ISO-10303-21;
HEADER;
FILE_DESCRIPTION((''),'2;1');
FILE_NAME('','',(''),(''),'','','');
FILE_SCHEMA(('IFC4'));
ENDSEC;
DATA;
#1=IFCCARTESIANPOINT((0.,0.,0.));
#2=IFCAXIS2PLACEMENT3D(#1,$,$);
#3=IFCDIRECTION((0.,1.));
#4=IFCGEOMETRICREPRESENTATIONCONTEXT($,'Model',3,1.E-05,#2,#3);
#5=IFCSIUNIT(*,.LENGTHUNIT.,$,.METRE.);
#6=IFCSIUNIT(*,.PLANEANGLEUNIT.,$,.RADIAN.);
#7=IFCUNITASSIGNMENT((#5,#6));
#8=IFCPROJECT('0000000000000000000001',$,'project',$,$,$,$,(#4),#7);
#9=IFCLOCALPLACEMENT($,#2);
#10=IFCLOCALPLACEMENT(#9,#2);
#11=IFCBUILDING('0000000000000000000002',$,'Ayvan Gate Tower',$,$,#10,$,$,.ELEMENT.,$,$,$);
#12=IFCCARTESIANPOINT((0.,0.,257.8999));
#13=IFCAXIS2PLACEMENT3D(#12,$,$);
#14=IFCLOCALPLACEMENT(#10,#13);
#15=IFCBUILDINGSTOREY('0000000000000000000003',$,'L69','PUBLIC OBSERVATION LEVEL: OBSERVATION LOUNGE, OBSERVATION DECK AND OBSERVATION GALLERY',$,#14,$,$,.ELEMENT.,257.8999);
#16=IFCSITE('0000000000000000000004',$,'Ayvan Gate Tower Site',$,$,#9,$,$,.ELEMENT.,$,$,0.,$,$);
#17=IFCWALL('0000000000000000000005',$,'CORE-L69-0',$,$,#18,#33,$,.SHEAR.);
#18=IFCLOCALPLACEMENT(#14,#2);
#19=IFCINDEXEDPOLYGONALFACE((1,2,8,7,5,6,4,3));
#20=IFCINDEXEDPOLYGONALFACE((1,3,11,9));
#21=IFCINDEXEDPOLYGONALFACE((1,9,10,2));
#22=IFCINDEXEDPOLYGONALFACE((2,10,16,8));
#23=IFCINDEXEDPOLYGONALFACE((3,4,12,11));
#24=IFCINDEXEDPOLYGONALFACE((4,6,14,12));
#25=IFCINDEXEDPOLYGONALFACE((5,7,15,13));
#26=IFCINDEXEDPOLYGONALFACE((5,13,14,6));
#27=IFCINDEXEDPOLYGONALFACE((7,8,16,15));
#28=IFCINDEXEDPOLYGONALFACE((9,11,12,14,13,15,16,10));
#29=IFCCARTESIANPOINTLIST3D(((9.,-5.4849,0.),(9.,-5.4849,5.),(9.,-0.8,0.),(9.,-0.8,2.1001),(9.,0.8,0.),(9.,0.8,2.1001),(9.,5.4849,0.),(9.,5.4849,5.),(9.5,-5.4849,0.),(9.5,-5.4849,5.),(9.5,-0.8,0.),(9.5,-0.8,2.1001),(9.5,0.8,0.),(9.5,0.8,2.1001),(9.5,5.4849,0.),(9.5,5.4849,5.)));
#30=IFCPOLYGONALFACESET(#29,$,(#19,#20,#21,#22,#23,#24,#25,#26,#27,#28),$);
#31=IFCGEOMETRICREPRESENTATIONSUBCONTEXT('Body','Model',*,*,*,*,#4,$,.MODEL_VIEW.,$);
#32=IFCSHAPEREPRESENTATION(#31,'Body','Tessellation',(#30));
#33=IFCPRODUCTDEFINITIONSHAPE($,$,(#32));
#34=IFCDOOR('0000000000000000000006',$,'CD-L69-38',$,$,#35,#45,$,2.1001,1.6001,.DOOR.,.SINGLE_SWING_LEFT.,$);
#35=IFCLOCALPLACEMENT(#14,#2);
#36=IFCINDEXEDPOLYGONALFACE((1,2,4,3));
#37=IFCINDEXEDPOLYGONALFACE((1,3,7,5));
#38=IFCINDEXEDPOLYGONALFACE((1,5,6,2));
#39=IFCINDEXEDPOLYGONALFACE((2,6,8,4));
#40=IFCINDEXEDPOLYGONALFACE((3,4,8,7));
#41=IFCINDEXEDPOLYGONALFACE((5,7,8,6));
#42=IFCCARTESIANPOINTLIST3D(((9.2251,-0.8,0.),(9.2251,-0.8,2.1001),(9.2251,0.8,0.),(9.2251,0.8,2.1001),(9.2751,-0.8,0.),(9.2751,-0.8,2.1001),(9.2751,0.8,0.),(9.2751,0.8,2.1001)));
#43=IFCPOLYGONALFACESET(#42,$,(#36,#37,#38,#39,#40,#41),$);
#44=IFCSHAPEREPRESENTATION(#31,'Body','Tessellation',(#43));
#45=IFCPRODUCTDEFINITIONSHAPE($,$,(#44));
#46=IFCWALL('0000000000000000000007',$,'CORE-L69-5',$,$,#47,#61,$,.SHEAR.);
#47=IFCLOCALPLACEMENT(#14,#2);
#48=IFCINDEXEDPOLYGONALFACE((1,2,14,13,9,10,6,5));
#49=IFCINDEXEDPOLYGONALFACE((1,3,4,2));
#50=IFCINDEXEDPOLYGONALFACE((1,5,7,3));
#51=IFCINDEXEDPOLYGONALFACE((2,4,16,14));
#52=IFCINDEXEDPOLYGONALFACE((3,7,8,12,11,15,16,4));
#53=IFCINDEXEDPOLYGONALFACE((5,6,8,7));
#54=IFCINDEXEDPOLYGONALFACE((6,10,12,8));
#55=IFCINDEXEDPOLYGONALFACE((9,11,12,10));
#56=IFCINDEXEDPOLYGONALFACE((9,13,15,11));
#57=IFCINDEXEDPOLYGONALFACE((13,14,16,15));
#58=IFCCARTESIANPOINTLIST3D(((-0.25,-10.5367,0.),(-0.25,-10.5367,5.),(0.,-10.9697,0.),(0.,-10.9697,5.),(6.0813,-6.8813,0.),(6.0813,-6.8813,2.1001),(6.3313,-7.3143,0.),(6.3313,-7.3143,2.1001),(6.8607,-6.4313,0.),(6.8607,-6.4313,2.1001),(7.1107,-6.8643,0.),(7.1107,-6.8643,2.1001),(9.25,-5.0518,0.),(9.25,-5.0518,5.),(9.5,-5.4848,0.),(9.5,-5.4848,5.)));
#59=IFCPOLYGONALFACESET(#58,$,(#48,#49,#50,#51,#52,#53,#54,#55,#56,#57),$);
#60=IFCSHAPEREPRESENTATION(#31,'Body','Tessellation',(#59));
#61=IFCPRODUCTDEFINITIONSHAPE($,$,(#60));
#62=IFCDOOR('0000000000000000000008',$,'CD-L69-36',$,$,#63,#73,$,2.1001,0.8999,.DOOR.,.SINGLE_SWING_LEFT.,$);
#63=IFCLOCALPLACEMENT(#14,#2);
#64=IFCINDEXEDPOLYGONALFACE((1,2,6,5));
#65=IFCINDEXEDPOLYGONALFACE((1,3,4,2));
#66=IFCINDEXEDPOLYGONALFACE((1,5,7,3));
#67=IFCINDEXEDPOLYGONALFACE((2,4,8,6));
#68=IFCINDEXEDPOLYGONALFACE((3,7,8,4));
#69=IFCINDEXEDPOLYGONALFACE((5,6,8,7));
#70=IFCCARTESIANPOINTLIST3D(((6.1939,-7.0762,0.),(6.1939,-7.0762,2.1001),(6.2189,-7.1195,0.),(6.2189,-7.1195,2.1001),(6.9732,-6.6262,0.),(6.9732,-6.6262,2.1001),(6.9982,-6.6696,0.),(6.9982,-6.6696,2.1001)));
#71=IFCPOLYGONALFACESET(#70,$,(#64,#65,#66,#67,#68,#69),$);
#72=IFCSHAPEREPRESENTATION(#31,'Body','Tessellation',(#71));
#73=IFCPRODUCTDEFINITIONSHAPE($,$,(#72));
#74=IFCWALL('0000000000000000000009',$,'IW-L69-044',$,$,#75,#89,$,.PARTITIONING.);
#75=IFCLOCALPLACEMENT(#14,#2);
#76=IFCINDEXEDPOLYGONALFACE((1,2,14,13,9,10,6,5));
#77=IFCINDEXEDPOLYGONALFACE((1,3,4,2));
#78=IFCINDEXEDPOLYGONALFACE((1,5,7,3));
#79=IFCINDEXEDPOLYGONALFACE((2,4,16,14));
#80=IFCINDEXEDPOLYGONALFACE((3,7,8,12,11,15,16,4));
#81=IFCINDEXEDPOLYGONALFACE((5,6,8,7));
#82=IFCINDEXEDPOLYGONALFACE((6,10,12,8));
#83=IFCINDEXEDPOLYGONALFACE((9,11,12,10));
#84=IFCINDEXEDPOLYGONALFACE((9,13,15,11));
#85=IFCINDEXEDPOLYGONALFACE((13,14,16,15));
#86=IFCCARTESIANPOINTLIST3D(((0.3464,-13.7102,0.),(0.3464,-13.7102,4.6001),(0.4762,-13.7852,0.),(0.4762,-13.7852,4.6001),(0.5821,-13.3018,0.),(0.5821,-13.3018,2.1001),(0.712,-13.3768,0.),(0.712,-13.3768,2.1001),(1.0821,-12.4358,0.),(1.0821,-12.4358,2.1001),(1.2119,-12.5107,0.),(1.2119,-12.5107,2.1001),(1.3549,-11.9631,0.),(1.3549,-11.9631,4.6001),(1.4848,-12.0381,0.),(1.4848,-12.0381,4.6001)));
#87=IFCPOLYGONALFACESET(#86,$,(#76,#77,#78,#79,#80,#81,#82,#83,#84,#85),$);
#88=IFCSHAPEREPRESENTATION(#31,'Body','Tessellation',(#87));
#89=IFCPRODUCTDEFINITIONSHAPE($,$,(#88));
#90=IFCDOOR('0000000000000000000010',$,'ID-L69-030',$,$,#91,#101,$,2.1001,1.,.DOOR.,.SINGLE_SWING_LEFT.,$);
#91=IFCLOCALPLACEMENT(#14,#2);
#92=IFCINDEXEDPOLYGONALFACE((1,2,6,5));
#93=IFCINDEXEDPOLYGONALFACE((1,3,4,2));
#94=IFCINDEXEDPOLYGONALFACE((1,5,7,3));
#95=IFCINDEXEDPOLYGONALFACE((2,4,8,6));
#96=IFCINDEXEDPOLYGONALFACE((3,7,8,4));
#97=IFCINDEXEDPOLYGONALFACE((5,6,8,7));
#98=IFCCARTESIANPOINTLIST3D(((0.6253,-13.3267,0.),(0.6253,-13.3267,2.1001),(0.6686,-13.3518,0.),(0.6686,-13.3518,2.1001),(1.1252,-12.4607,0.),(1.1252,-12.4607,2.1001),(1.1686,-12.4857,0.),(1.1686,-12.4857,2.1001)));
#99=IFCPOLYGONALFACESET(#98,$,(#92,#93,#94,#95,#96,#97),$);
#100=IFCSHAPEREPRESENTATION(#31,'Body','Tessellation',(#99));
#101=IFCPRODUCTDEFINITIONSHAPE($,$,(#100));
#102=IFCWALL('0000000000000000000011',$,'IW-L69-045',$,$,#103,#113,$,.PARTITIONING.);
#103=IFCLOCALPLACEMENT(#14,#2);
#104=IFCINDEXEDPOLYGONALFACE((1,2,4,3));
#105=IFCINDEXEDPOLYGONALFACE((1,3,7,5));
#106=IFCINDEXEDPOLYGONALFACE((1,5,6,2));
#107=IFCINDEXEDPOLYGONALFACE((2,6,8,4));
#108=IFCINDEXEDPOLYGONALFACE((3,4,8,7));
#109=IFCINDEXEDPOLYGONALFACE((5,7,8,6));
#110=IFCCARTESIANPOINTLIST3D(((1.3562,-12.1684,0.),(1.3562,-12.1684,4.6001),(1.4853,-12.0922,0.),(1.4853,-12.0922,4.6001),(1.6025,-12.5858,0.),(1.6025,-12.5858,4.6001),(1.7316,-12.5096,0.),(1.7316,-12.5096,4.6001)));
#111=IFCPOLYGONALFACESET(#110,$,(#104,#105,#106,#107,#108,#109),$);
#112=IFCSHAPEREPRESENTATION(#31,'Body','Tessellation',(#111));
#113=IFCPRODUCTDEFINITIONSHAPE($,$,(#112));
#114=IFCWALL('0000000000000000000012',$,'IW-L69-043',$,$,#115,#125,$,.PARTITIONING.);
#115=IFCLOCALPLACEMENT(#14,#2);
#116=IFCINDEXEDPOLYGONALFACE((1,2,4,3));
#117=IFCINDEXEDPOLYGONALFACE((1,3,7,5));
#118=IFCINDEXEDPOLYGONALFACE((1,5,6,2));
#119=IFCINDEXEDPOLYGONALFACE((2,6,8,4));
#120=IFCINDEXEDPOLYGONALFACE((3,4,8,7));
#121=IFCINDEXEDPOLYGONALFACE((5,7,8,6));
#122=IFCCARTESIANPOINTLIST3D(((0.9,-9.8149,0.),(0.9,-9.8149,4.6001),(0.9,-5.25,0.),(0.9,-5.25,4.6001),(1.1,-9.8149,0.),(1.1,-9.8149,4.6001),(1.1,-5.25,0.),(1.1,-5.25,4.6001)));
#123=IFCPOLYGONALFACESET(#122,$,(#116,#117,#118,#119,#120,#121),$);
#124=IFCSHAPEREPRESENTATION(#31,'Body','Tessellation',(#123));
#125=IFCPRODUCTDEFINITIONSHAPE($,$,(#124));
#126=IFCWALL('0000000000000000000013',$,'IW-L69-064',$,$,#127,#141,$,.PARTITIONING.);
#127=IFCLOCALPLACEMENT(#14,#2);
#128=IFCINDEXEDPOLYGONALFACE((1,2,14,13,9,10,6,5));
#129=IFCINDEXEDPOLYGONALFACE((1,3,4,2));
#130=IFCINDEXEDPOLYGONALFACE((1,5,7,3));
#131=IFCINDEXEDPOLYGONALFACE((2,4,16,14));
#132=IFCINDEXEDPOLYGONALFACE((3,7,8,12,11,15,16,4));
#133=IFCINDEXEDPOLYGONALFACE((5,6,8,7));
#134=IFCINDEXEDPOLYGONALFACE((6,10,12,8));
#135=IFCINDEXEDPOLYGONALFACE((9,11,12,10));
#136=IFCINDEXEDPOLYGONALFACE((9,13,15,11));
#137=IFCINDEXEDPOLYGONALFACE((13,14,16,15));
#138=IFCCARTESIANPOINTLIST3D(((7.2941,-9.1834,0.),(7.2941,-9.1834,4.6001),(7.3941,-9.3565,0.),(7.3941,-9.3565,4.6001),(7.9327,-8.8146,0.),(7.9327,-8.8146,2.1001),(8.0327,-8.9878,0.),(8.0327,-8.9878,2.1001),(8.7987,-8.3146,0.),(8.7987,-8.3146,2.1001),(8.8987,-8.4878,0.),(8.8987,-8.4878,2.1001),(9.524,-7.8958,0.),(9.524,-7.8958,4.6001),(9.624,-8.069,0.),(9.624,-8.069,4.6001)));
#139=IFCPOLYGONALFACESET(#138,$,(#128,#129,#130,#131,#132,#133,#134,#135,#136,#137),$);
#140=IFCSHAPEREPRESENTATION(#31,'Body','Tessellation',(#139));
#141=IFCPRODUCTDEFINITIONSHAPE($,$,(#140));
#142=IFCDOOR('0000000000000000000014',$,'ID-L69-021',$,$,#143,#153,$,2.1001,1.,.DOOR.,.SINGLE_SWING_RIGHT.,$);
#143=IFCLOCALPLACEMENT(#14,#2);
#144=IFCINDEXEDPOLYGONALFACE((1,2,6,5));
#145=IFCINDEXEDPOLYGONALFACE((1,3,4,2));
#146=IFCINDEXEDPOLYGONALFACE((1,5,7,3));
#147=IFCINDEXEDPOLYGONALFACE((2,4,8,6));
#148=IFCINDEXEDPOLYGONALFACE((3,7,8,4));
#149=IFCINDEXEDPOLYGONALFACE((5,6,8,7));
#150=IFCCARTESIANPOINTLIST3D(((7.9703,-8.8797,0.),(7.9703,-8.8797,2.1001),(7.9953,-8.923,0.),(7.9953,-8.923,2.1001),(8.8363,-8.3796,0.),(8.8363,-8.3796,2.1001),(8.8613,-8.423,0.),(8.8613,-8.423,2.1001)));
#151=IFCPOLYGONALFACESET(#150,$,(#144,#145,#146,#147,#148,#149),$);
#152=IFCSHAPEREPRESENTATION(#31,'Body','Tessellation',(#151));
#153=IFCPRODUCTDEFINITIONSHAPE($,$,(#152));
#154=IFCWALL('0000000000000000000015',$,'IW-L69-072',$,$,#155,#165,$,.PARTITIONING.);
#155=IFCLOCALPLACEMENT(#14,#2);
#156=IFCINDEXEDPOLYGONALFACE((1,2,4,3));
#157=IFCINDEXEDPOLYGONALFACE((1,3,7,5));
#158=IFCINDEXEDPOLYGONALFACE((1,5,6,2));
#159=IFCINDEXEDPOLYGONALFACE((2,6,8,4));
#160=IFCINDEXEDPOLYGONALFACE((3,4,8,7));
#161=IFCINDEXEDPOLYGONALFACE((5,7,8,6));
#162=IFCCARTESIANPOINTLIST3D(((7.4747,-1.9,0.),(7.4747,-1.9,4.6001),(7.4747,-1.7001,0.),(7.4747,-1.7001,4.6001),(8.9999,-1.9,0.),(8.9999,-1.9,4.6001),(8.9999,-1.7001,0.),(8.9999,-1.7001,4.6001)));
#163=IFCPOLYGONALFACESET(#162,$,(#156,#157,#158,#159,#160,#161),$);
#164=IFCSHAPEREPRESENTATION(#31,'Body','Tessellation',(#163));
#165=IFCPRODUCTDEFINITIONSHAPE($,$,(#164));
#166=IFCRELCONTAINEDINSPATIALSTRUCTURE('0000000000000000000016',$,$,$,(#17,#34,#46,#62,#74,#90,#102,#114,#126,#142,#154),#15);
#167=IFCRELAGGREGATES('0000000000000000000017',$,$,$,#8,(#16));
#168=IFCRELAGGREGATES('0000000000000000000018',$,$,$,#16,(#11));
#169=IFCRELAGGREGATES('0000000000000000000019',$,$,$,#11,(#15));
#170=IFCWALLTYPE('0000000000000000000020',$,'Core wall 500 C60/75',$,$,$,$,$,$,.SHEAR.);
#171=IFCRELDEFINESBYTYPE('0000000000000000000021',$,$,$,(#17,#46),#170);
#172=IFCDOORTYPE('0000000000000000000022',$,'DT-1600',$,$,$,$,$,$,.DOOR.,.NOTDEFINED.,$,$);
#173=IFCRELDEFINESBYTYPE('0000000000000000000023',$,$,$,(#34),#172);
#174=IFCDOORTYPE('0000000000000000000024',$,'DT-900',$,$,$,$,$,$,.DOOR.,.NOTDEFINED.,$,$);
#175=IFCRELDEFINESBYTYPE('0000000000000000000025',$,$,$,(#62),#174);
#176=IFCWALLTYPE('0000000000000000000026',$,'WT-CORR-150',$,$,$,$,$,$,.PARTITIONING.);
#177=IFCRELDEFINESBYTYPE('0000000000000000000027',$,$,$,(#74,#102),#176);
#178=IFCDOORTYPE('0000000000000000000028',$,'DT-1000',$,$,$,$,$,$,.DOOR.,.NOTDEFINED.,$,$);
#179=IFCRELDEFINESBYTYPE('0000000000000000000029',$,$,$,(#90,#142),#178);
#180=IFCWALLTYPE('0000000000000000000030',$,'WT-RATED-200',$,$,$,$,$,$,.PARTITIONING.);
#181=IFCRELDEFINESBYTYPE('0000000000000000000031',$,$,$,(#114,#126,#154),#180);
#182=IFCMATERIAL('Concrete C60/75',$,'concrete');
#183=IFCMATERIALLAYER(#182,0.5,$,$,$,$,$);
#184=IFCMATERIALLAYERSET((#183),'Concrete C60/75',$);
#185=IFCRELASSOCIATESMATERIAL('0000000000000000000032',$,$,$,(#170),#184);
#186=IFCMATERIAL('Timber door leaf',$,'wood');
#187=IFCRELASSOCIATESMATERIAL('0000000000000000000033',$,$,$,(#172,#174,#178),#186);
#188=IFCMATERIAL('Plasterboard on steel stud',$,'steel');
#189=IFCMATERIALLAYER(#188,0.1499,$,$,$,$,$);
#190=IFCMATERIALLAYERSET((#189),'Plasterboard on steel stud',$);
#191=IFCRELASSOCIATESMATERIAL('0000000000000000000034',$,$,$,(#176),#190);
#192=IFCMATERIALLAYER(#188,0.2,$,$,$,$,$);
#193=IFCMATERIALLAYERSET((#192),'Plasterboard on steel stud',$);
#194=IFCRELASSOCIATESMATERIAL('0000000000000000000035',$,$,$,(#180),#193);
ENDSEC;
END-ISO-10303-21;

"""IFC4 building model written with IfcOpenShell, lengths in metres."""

from ifc_helpers import new_model, si_unit, direction, frame, frame_2d, origin, place, context, subcontext, project, spatial, rectangle, extrude, material, layer, layer_set, type_object, element, fill, save


model = new_model("IFC4")

# Units and contexts
model_context = context("Model", 3, precision=1e-05, world=origin(), true_north=direction((0.0, 1.0)))
body_context = subcontext(model_context, "Body", "Model", "MODEL_VIEW")
ifc_project = project(units=[si_unit("LENGTHUNIT", "METRE"), si_unit("PLANEANGLEUNIT", "RADIAN")], contexts=[model_context])

# Site, building, storey
site_placement = place(None, origin())
site = spatial("IfcSite", under=ifc_project, at=site_placement, Name="Ayvan Gate Tower Site", CompositionType="ELEMENT", RefElevation=0.0)
building_placement = place(site_placement, origin())
building = spatial("IfcBuilding", under=site, at=building_placement, Name="Ayvan Gate Tower", CompositionType="ELEMENT")
storey_placement = place(building_placement, frame((0.0, 0.0, 257.8999)))
storey = spatial("IfcBuildingStorey", under=building, at=storey_placement, Name="L69", Description="PUBLIC OBSERVATION LEVEL: OBSERVATION LOUNGE, OBSERVATION DECK AND OBSERVATION GALLERY", CompositionType="ELEMENT", Elevation=257.8999)

# Walls, openings, doors
ifc_material_1 = material(Name="Concrete C60/75", Category="concrete")
ifc_layer_1 = layer(ifc_material_1, 0.5)
ifc_layer_set_1 = layer_set([ifc_layer_1], Name="Concrete C60/75")
wall_type_1 = type_object("IfcWallType", Name="Core wall 500 C60/75", PredefinedType="SHEAR", material=ifc_layer_set_1)
wall_1_placement = place(storey_placement, frame((9.25, -5.4849, 0.0), z_axis=(0.0, 0.0, 1.0), x_axis=(0.0, 1.0, 0.0)))
wall_1 = element("IfcWall", 1, at=wall_1_placement, inside=storey, type_object=wall_type_1, Name="CORE-L69-0", PredefinedType="SHEAR", context=body_context, shape_type="SweptSolid", body=[
    extrude(rectangle(XDim=10.9697, YDim=0.5, at=frame_2d((5.4849, 0.0))), origin(), (0.0, 0.0, 1.0), 5.0),
])
opening_1_placement = place(wall_1_placement, frame((4.6848, 0.0, 0.0)))
opening_1 = element("IfcOpeningElement", 2, at=opening_1_placement, cuts=wall_1, PredefinedType="OPENING", context=body_context, shape_type="SweptSolid", body=[
    extrude(rectangle(XDim=1.6001, YDim=2.1001, at=frame_2d((0.8, 1.05))), frame((0.0, 0.26, 0.0), z_axis=(0.0, -1.0, 0.0), x_axis=(1.0, 0.0, 0.0)), (0.0, 0.0, 1.0), 0.52),
])
ifc_material_2 = material(Name="Timber door leaf", Category="wood")
door_type_1 = type_object("IfcDoorType", Name="DT-1600", OperationType="NOTDEFINED", PredefinedType="DOOR", material=ifc_material_2)
door_1_placement = place(opening_1_placement, origin())
door_1 = element("IfcDoor", 3, at=door_1_placement, inside=storey, type_object=door_type_1, Name="CD-L69-38", OperationType="SINGLE_SWING_LEFT", OverallHeight=2.1001, OverallWidth=1.6001, PredefinedType="DOOR", context=body_context, shape_type="SweptSolid", body=[
    extrude(rectangle(XDim=1.6001, YDim=2.1001, at=frame_2d((0.8, 1.05))), frame((0.0, 0.0249, 0.0), z_axis=(0.0, -1.0, 0.0), x_axis=(1.0, 0.0, 0.0)), (0.0, 0.0, 1.0), 0.05),
])
fill(opening_1, door_1)
wall_2_placement = place(storey_placement, frame((-0.125, -10.7532, 0.0), z_axis=(0.0, 0.0, 1.0), x_axis=(0.866024, 0.500002, 0.0)))
wall_2 = element("IfcWall", 4, at=wall_2_placement, inside=storey, type_object=wall_type_1, Name="CORE-L69-5", PredefinedType="SHEAR", context=body_context, shape_type="SweptSolid", body=[
    extrude(rectangle(XDim=10.9697, YDim=0.5, at=frame_2d((5.4849, 0.0))), origin(), (0.0, 0.0, 1.0), 5.0),
])
opening_2_placement = place(wall_2_placement, frame((7.3108, 0.0, 0.0)))
opening_2 = element("IfcOpeningElement", 5, at=opening_2_placement, cuts=wall_2, PredefinedType="OPENING", context=body_context, shape_type="SweptSolid", body=[
    extrude(rectangle(XDim=0.8999, YDim=2.1001, at=frame_2d((0.45, 1.05))), frame((0.0, 0.26, 0.0), z_axis=(0.0, -1.0, 0.0), x_axis=(1.0, 0.0, 0.0)), (0.0, 0.0, 1.0), 0.52),
])
door_type_2 = type_object("IfcDoorType", Name="DT-900", OperationType="NOTDEFINED", PredefinedType="DOOR", material=ifc_material_2)
door_2_placement = place(opening_2_placement, origin())
door_2 = element("IfcDoor", 6, at=door_2_placement, inside=storey, type_object=door_type_2, Name="CD-L69-36", OperationType="SINGLE_SWING_LEFT", OverallHeight=2.1001, OverallWidth=0.8999, PredefinedType="DOOR", context=body_context, shape_type="SweptSolid", body=[
    extrude(rectangle(XDim=0.8999, YDim=2.1001, at=frame_2d((0.45, 1.05))), frame((0.0, 0.0249, 0.0), z_axis=(0.0, -1.0, 0.0), x_axis=(1.0, 0.0, 0.0)), (0.0, 0.0, 1.0), 0.05),
])
fill(opening_2, door_2)
ifc_material_3 = material(Name="Plasterboard on steel stud", Category="steel")
ifc_layer_2 = layer(ifc_material_3, 0.1499)
ifc_layer_set_2 = layer_set([ifc_layer_2], Name="Plasterboard on steel stud")
wall_type_2 = type_object("IfcWallType", Name="WT-CORR-150", PredefinedType="PARTITIONING", material=ifc_layer_set_2)
wall_3_placement = place(storey_placement, frame((1.4199, -12.0005, 0.0), z_axis=(0.0, 0.0, 1.0), x_axis=(-0.499953, -0.866053, 0.0)))
wall_3 = element("IfcWall", 7, at=wall_3_placement, inside=storey, type_object=wall_type_2, Name="IW-L69-044", PredefinedType="PARTITIONING", context=body_context, shape_type="SweptSolid", body=[
    extrude(rectangle(XDim=2.0173, YDim=0.1499, at=frame_2d((1.0088, 0.0))), origin(), (0.0, 0.0, 1.0), 4.6001),
])
opening_3_placement = place(wall_3_placement, frame((0.5459, 0.0, 0.0)))
opening_3 = element("IfcOpeningElement", 8, at=opening_3_placement, cuts=wall_3, PredefinedType="OPENING", context=body_context, shape_type="SweptSolid", body=[
    extrude(rectangle(XDim=1.0, YDim=2.1001, at=frame_2d((0.5, 1.05))), frame((0.0, 0.085, 0.0), z_axis=(0.0, -1.0, 0.0), x_axis=(1.0, 0.0, 0.0)), (0.0, 0.0, 1.0), 0.1699),
])
door_type_3 = type_object("IfcDoorType", Name="DT-1000", OperationType="NOTDEFINED", PredefinedType="DOOR", material=ifc_material_2)
door_3_placement = place(opening_3_placement, origin())
door_3 = element("IfcDoor", 9, at=door_3_placement, inside=storey, type_object=door_type_3, Name="ID-L69-030", OperationType="SINGLE_SWING_LEFT", OverallHeight=2.1001, OverallWidth=1.0, PredefinedType="DOOR", context=body_context, shape_type="SweptSolid", body=[
    extrude(rectangle(XDim=1.0, YDim=2.1001, at=frame_2d((0.5, 1.05))), frame((0.0, 0.0249, 0.0), z_axis=(0.0, -1.0, 0.0), x_axis=(1.0, 0.0, 0.0)), (0.0, 0.0, 1.0), 0.05),
])
fill(opening_3, door_3)

# Walls
wall_4_placement = place(storey_placement, frame((1.667, -12.5476, 0.0), z_axis=(0.0, 0.0, 1.0), x_axis=(-0.508186, 0.861247, 0.0)))
element("IfcWall", 10, at=wall_4_placement, inside=storey, type_object=wall_type_2, Name="IW-L69-045", PredefinedType="PARTITIONING", context=body_context, shape_type="SweptSolid", body=[
    extrude(rectangle(XDim=0.4846, YDim=0.1499, at=frame_2d((0.2422, 0.0))), origin(), (0.0, 0.0, 1.0), 4.6001),
])
ifc_layer_3 = layer(ifc_material_3, 0.2)
ifc_layer_set_3 = layer_set([ifc_layer_3], Name="Plasterboard on steel stud")
wall_type_3 = type_object("IfcWallType", Name="WT-RATED-200", PredefinedType="PARTITIONING", material=ifc_layer_set_3)
wall_5_placement = place(storey_placement, frame((1.0, -5.25, 0.0), z_axis=(0.0, 0.0, 1.0), x_axis=(0.0, -1.0, 0.0)))
element("IfcWall", 11, at=wall_5_placement, inside=storey, type_object=wall_type_3, Name="IW-L69-043", PredefinedType="PARTITIONING", context=body_context, shape_type="SweptSolid", body=[
    extrude(rectangle(XDim=4.5649, YDim=0.2, at=frame_2d((2.2825, 0.0))), origin(), (0.0, 0.0, 1.0), 4.6001),
])

# Wall, opening, door
wall_6_placement = place(storey_placement, frame((7.344, -9.27, 0.0), z_axis=(0.0, 0.0, 1.0), x_axis=(0.866006, 0.500034, 0.0)))
wall_6 = element("IfcWall", 12, at=wall_6_placement, inside=storey, type_object=wall_type_3, Name="IW-L69-064", PredefinedType="PARTITIONING", context=body_context, shape_type="SweptSolid", body=[
    extrude(rectangle(XDim=2.575, YDim=0.2, at=frame_2d((1.2876, 0.0))), origin(), (0.0, 0.0, 1.0), 4.6001),
])
opening_4_placement = place(wall_6_placement, frame((0.7375, 0.0, 0.0)))
opening_4 = element("IfcOpeningElement", 13, at=opening_4_placement, cuts=wall_6, PredefinedType="OPENING", context=body_context, shape_type="SweptSolid", body=[
    extrude(rectangle(XDim=1.0, YDim=2.1001, at=frame_2d((0.5, 1.05))), frame((0.0, 0.1099, 0.0), z_axis=(0.0, -1.0, 0.0), x_axis=(1.0, 0.0, 0.0)), (0.0, 0.0, 1.0), 0.22),
])
door_4_placement = place(opening_4_placement, origin())
door_4 = element("IfcDoor", 14, at=door_4_placement, inside=storey, type_object=door_type_3, Name="ID-L69-021", OperationType="SINGLE_SWING_RIGHT", OverallHeight=2.1001, OverallWidth=1.0, PredefinedType="DOOR", context=body_context, shape_type="SweptSolid", body=[
    extrude(rectangle(XDim=1.0, YDim=2.1001, at=frame_2d((0.5, 1.05))), frame((0.0, 0.0249, 0.0), z_axis=(0.0, -1.0, 0.0), x_axis=(1.0, 0.0, 0.0)), (0.0, 0.0, 1.0), 0.05),
])
fill(opening_4, door_4)

# Wall
wall_7_placement = place(storey_placement, frame((9.0, -1.8, 0.0), z_axis=(0.0, 0.0, 1.0), x_axis=(-1.0, 0.0, 0.0)))
element("IfcWall", 15, at=wall_7_placement, inside=storey, type_object=wall_type_3, Name="IW-L69-072", PredefinedType="PARTITIONING", context=body_context, shape_type="SweptSolid", body=[
    extrude(rectangle(XDim=1.5251, YDim=0.2, at=frame_2d((0.7627, 0.0))), origin(), (0.0, 0.0, 1.0), 4.6001),
])

save(model, "model.ifc")
